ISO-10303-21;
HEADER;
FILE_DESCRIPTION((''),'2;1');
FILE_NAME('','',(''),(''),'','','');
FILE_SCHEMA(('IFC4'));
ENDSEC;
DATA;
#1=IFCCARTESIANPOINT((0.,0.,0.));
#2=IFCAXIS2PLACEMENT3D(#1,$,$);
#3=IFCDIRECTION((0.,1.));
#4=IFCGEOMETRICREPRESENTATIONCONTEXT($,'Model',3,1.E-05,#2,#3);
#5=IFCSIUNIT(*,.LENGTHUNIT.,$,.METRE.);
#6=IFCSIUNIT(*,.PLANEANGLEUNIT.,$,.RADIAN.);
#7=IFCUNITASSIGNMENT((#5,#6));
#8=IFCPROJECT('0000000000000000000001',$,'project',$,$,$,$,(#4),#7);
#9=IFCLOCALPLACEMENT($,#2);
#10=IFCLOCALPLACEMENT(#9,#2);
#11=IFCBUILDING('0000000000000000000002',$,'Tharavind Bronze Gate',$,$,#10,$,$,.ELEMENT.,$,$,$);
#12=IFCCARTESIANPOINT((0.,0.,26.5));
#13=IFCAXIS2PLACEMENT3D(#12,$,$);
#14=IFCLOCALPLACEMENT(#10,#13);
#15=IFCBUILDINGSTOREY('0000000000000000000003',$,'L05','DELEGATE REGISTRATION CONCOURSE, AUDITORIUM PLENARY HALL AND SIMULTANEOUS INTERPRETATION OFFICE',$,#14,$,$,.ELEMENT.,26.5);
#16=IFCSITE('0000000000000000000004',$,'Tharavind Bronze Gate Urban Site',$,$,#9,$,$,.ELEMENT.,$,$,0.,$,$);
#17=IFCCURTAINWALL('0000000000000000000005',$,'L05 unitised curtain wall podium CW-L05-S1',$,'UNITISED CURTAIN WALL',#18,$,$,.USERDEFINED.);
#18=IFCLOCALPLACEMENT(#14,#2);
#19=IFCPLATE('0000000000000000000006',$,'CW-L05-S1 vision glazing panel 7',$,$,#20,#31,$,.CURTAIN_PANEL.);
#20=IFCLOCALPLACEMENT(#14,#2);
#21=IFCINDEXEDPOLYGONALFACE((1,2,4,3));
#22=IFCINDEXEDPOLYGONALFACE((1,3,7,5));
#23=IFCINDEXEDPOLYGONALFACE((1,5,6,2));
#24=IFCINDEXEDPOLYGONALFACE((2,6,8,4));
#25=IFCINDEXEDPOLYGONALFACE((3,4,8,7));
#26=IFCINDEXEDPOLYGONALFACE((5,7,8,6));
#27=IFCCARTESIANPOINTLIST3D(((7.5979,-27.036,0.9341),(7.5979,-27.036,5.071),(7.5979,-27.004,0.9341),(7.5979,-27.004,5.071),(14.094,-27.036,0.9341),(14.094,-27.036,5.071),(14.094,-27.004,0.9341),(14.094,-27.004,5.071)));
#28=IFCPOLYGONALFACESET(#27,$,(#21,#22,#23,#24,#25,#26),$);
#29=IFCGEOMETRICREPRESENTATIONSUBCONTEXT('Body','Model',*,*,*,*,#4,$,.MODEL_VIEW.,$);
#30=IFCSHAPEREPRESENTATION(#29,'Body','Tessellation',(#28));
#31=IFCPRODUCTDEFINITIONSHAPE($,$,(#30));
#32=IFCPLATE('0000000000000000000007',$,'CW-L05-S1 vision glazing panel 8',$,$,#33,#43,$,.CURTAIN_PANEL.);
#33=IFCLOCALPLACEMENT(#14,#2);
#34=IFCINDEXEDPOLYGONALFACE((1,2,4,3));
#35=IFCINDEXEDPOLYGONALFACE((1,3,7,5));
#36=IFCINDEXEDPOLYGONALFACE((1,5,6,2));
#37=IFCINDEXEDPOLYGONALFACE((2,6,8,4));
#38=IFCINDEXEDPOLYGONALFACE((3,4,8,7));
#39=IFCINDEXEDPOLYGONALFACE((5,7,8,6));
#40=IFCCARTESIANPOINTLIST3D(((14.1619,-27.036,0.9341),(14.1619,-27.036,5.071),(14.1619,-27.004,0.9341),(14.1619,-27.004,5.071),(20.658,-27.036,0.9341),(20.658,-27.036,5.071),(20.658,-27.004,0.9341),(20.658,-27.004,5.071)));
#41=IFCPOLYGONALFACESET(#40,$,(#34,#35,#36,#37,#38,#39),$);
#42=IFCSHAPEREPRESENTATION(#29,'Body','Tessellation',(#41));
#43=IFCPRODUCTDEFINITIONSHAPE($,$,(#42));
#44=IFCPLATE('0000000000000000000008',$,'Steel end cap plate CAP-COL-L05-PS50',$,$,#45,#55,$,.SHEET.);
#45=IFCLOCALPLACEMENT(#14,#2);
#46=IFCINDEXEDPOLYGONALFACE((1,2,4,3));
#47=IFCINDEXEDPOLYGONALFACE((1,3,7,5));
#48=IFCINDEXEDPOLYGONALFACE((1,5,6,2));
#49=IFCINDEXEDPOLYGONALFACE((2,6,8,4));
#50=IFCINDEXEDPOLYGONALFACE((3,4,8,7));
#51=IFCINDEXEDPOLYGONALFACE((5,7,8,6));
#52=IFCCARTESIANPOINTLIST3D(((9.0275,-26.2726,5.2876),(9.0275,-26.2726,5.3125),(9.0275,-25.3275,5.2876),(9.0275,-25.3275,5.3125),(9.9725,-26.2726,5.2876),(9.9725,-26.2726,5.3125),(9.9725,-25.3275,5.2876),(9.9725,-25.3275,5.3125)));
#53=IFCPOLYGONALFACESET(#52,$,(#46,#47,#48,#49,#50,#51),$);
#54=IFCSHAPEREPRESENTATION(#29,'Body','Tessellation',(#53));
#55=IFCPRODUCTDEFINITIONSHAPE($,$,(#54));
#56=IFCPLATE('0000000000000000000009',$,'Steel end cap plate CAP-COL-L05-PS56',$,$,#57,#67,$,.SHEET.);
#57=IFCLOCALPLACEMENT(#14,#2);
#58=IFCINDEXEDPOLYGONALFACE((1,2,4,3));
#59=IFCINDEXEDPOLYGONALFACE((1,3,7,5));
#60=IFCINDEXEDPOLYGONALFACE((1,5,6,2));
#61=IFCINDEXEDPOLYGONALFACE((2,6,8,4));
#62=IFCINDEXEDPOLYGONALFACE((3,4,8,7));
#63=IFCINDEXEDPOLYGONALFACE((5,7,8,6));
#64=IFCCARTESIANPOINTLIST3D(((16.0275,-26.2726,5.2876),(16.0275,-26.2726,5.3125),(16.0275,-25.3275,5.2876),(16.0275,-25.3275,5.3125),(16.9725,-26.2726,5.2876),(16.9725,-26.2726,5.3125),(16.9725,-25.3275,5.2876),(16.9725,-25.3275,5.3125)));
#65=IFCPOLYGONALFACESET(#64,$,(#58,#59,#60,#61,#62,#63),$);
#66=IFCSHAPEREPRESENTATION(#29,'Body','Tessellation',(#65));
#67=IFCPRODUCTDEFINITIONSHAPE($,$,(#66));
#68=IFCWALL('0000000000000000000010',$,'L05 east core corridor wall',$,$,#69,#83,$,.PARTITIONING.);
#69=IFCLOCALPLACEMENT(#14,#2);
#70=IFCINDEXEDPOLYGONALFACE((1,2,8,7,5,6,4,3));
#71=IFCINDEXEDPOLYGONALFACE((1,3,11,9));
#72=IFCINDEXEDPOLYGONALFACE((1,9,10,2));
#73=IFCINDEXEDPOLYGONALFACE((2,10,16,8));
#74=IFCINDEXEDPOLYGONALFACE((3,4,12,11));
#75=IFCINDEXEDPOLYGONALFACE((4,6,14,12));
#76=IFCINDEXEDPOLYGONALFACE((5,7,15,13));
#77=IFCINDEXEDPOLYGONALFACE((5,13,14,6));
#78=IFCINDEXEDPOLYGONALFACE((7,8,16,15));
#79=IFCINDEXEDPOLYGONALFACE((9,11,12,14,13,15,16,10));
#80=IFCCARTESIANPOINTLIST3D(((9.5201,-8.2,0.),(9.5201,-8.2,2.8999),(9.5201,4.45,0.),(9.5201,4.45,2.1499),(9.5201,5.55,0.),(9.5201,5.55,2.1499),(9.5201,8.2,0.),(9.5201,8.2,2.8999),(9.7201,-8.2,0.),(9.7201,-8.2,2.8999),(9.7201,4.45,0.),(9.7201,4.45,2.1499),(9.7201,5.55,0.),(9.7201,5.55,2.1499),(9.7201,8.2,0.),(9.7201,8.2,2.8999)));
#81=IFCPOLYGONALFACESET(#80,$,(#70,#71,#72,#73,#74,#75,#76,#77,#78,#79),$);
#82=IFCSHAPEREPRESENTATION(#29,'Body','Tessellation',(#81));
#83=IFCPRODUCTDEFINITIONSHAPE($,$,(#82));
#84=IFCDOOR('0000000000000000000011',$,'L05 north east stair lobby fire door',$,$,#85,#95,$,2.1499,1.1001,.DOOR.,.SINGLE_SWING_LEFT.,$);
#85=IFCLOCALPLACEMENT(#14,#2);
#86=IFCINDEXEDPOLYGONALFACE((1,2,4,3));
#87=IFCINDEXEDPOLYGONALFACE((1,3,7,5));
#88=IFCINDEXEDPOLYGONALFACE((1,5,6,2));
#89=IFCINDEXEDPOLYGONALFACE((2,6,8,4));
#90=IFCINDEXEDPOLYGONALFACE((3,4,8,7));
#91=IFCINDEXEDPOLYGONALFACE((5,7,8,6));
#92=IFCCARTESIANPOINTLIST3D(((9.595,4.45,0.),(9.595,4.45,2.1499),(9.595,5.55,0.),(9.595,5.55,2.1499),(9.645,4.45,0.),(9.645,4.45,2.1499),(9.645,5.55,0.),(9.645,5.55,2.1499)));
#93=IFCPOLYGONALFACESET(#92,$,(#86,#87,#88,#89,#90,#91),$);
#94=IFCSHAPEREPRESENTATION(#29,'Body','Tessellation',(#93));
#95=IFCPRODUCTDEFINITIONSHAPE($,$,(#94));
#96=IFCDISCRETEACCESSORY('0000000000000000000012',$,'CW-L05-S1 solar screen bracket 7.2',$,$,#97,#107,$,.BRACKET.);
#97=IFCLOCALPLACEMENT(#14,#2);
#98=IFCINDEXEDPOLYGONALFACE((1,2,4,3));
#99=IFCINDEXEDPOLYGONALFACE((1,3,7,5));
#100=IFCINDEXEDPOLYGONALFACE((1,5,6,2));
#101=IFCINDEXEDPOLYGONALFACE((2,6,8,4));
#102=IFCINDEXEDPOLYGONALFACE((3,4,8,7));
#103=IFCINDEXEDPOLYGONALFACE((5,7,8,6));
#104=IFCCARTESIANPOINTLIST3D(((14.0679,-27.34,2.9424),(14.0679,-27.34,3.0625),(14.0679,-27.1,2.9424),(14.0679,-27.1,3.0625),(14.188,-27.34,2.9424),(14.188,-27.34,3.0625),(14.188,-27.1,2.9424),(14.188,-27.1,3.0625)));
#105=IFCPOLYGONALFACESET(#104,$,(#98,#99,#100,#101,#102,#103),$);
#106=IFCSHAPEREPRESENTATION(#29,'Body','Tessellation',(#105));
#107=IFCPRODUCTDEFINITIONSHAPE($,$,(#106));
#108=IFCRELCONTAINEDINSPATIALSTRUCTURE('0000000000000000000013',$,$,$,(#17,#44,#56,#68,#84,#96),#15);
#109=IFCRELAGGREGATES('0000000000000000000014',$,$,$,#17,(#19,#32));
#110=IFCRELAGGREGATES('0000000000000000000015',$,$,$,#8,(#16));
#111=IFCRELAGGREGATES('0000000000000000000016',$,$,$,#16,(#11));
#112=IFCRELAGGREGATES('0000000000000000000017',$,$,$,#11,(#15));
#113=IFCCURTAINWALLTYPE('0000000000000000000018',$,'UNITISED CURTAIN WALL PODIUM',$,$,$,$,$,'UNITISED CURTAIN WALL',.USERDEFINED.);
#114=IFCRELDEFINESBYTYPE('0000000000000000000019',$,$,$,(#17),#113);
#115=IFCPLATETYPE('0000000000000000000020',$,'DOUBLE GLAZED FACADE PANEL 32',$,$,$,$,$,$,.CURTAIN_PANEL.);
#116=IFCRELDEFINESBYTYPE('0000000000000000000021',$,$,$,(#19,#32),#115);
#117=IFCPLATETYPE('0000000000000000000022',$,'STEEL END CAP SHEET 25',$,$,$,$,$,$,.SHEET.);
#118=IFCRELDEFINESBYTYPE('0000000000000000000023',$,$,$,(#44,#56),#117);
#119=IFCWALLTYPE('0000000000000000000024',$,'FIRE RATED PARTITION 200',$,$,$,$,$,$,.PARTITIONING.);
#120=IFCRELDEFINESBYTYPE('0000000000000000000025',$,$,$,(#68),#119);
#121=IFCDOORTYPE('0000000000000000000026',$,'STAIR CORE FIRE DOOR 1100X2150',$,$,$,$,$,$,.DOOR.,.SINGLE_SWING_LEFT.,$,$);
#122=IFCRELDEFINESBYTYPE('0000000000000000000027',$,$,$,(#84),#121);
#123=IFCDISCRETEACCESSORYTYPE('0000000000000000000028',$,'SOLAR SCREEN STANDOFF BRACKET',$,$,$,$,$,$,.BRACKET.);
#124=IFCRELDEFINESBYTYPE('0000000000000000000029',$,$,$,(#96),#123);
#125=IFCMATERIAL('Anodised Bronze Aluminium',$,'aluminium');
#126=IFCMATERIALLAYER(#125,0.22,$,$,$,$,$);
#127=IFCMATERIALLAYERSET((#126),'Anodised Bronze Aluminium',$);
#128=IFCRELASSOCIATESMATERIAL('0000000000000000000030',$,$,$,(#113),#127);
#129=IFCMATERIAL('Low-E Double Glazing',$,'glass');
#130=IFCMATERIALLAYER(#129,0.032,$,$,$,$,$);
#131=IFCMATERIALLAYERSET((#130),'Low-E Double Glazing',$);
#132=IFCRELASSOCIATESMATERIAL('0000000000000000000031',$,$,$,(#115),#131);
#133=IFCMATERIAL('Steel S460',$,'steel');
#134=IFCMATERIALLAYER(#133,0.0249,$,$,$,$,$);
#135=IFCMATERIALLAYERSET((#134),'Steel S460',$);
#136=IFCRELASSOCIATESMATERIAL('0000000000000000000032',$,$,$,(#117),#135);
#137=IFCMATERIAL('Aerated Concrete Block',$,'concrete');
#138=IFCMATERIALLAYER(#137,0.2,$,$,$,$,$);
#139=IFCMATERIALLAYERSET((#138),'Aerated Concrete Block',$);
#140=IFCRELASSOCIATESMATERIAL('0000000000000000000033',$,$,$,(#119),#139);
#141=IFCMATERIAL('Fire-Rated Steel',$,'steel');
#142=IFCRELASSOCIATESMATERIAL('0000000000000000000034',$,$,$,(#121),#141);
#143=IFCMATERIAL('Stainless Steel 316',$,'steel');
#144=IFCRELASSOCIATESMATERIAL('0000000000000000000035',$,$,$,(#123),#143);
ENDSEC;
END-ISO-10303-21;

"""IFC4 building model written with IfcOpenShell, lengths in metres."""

from ifc_helpers import new_model, si_unit, direction, frame, frame_2d, origin, origin_2d, place, context, subcontext, project, spatial, rectangle, extrude, material, layer, layer_set, type_object, element, fill, aggregate, save


model = new_model("IFC4")

# Units and contexts
model_context = context("Model", 3, precision=1e-05, world=origin(), true_north=direction((0.0, 1.0)))
body_context = subcontext(model_context, "Body", "Model", "MODEL_VIEW")
ifc_project = project(units=[si_unit("LENGTHUNIT", "METRE"), si_unit("PLANEANGLEUNIT", "RADIAN")], contexts=[model_context])

# Site, building, storey
site_placement = place(None, origin())
site = spatial("IfcSite", under=ifc_project, at=site_placement, Name="Tharavind Bronze Gate Urban Site", CompositionType="ELEMENT", RefElevation=0.0)
building_placement = place(site_placement, origin())
building = spatial("IfcBuilding", under=site, at=building_placement, Name="Tharavind Bronze Gate", CompositionType="ELEMENT")
storey_placement = place(building_placement, frame((0.0, 0.0, 26.5)))
storey = spatial("IfcBuildingStorey", under=building, at=storey_placement, Name="L05", Description="DELEGATE REGISTRATION CONCOURSE, AUDITORIUM PLENARY HALL AND SIMULTANEOUS INTERPRETATION OFFICE", CompositionType="ELEMENT", Elevation=26.5)

# Shared definitions
ifc_material_1 = material(Name="Steel S460", Category="steel")

# Curtain wall
ifc_material_2 = material(Name="Anodised Bronze Aluminium", Category="aluminium")
ifc_layer_1 = layer(ifc_material_2, 0.22)
ifc_layer_set_1 = layer_set([ifc_layer_1], Name="Anodised Bronze Aluminium")
curtain_wall_type = type_object("IfcCurtainWallType", Name="UNITISED CURTAIN WALL PODIUM", ElementType="UNITISED CURTAIN WALL", PredefinedType="USERDEFINED", material=ifc_layer_set_1)
curtain_wall_placement = place(storey_placement, origin())
curtain_wall = element("IfcCurtainWall", 1, at=curtain_wall_placement, inside=storey, type_object=curtain_wall_type, Name="L05 unitised curtain wall podium CW-L05-S1", ObjectType="UNITISED CURTAIN WALL", PredefinedType="USERDEFINED")

# Plates
ifc_material_3 = material(Name="Low-E Double Glazing", Category="glass")
ifc_layer_2 = layer(ifc_material_3, 0.032)
ifc_layer_set_2 = layer_set([ifc_layer_2], Name="Low-E Double Glazing")
plate_type_1 = type_object("IfcPlateType", Name="DOUBLE GLAZED FACADE PANEL 32", PredefinedType="CURTAIN_PANEL", material=ifc_layer_set_2)
plate_1_placement = place(storey_placement, frame((10.8459, -27.02, 0.9341), z_axis=(0.0, 0.0, 1.0), x_axis=(1.0, 0.0, 0.0)))
plate_1 = element("IfcPlate", 2, at=plate_1_placement, type_object=plate_type_1, Name="CW-L05-S1 vision glazing panel 7", PredefinedType="CURTAIN_PANEL", context=body_context, shape_type="SweptSolid", body=[
    extrude(rectangle(XDim=6.4961, YDim=0.032, at=origin_2d()), origin(), (0.0, 0.0, 1.0), 4.137),
])
plate_2_placement = place(storey_placement, frame((17.4099, -27.02, 0.9341), z_axis=(0.0, 0.0, 1.0), x_axis=(1.0, 0.0, 0.0)))
plate_2 = element("IfcPlate", 3, at=plate_2_placement, type_object=plate_type_1, Name="CW-L05-S1 vision glazing panel 8", PredefinedType="CURTAIN_PANEL", context=body_context, shape_type="SweptSolid", body=[
    extrude(rectangle(XDim=6.4961, YDim=0.032, at=origin_2d()), origin(), (0.0, 0.0, 1.0), 4.137),
])
aggregate(curtain_wall, [plate_1, plate_2])

# Plates
ifc_layer_3 = layer(ifc_material_1, 0.0249)
ifc_layer_set_3 = layer_set([ifc_layer_3], Name="Steel S460")
plate_type_2 = type_object("IfcPlateType", Name="STEEL END CAP SHEET 25", PredefinedType="SHEET", material=ifc_layer_set_3)
for number, where, z_axis, x_axis, name in (
    (4, (9.5, -25.8, 5.2876), (0.0, 0.0, 1.0), (1.0, 0.0, 0.0), "Steel end cap plate CAP-COL-L05-PS50"),
    (5, (16.5, -25.8, 5.2876), (0.0, 0.0, 1.0), (1.0, 0.0, 0.0), "Steel end cap plate CAP-COL-L05-PS56"),
):
    element("IfcPlate", number, at=place(storey_placement, frame(where, z_axis=z_axis, x_axis=x_axis)), inside=storey, type_object=plate_type_2, Name=name, PredefinedType="SHEET", context=body_context, shape_type="SweptSolid", body=[
        extrude(rectangle(XDim=0.9451, YDim=0.9451, at=origin_2d()), origin(), (0.0, 0.0, 1.0), 0.0249),
    ])

# Wall, opening, door
ifc_material_4 = material(Name="Aerated Concrete Block", Category="concrete")
ifc_layer_4 = layer(ifc_material_4, 0.2)
ifc_layer_set_4 = layer_set([ifc_layer_4], Name="Aerated Concrete Block")
wall_type = type_object("IfcWallType", Name="FIRE RATED PARTITION 200", PredefinedType="PARTITIONING", material=ifc_layer_set_4)
wall_placement = place(storey_placement, frame((9.6201, -8.2, 0.0), z_axis=(0.0, 0.0, 1.0), x_axis=(0.0, 1.0, 0.0)))
wall = element("IfcWall", 6, at=wall_placement, inside=storey, type_object=wall_type, Name="L05 east core corridor wall", PredefinedType="PARTITIONING", context=body_context, shape_type="SweptSolid", body=[
    extrude(rectangle(XDim=16.3999, YDim=0.2, at=frame_2d((8.2, 0.0))), origin(), (0.0, 0.0, 1.0), 2.8999),
])
opening_placement = place(wall_placement, frame((12.6499, 0.0, 0.0)))
opening = element("IfcOpeningElement", 7, at=opening_placement, cuts=wall, PredefinedType="OPENING", context=body_context, shape_type="SweptSolid", body=[
    extrude(rectangle(XDim=1.1001, YDim=2.1499, at=frame_2d((0.55, 1.075))), frame((0.0, 0.1101, 0.0), z_axis=(0.0, -1.0, 0.0), x_axis=(1.0, 0.0, 0.0)), (0.0, 0.0, 1.0), 0.22),
])
ifc_material_5 = material(Name="Fire-Rated Steel", Category="steel")
door_type = type_object("IfcDoorType", Name="STAIR CORE FIRE DOOR 1100X2150", OperationType="SINGLE_SWING_LEFT", PredefinedType="DOOR", material=ifc_material_5)
door_placement = place(opening_placement, frame((1.1001, 0.0, 0.0), z_axis=(0.0, 0.0, 1.0), x_axis=(-1.0, 0.0, 0.0)))
door = element("IfcDoor", 8, at=door_placement, inside=storey, type_object=door_type, Name="L05 north east stair lobby fire door", OperationType="SINGLE_SWING_LEFT", OverallHeight=2.1499, OverallWidth=1.1001, PredefinedType="DOOR", context=body_context, shape_type="SweptSolid", body=[
    extrude(rectangle(XDim=1.1001, YDim=2.1499, at=frame_2d((0.55, 1.075))), frame((0.0, 0.0249, 0.0), z_axis=(0.0, -1.0, 0.0), x_axis=(1.0, 0.0, 0.0)), (0.0, 0.0, 1.0), 0.05),
])
fill(opening, door)

# Discrete accessory
ifc_material_6 = material(Name="Stainless Steel 316", Category="steel")
discrete_accessory_type = type_object("IfcDiscreteAccessoryType", Name="SOLAR SCREEN STANDOFF BRACKET", PredefinedType="BRACKET", material=ifc_material_6)
discrete_accessory_placement = place(storey_placement, frame((14.1279, -27.22, 2.9424), z_axis=(0.0, 0.0, 1.0), x_axis=(1.0, 0.0, 0.0)))
element("IfcDiscreteAccessory", 9, at=discrete_accessory_placement, inside=storey, type_object=discrete_accessory_type, Name="CW-L05-S1 solar screen bracket 7.2", PredefinedType="BRACKET", context=body_context, shape_type="SweptSolid", body=[
    extrude(rectangle(XDim=0.1201, YDim=0.24, at=origin_2d()), origin(), (0.0, 0.0, 1.0), 0.1201),
])

save(model, "model.ifc")
